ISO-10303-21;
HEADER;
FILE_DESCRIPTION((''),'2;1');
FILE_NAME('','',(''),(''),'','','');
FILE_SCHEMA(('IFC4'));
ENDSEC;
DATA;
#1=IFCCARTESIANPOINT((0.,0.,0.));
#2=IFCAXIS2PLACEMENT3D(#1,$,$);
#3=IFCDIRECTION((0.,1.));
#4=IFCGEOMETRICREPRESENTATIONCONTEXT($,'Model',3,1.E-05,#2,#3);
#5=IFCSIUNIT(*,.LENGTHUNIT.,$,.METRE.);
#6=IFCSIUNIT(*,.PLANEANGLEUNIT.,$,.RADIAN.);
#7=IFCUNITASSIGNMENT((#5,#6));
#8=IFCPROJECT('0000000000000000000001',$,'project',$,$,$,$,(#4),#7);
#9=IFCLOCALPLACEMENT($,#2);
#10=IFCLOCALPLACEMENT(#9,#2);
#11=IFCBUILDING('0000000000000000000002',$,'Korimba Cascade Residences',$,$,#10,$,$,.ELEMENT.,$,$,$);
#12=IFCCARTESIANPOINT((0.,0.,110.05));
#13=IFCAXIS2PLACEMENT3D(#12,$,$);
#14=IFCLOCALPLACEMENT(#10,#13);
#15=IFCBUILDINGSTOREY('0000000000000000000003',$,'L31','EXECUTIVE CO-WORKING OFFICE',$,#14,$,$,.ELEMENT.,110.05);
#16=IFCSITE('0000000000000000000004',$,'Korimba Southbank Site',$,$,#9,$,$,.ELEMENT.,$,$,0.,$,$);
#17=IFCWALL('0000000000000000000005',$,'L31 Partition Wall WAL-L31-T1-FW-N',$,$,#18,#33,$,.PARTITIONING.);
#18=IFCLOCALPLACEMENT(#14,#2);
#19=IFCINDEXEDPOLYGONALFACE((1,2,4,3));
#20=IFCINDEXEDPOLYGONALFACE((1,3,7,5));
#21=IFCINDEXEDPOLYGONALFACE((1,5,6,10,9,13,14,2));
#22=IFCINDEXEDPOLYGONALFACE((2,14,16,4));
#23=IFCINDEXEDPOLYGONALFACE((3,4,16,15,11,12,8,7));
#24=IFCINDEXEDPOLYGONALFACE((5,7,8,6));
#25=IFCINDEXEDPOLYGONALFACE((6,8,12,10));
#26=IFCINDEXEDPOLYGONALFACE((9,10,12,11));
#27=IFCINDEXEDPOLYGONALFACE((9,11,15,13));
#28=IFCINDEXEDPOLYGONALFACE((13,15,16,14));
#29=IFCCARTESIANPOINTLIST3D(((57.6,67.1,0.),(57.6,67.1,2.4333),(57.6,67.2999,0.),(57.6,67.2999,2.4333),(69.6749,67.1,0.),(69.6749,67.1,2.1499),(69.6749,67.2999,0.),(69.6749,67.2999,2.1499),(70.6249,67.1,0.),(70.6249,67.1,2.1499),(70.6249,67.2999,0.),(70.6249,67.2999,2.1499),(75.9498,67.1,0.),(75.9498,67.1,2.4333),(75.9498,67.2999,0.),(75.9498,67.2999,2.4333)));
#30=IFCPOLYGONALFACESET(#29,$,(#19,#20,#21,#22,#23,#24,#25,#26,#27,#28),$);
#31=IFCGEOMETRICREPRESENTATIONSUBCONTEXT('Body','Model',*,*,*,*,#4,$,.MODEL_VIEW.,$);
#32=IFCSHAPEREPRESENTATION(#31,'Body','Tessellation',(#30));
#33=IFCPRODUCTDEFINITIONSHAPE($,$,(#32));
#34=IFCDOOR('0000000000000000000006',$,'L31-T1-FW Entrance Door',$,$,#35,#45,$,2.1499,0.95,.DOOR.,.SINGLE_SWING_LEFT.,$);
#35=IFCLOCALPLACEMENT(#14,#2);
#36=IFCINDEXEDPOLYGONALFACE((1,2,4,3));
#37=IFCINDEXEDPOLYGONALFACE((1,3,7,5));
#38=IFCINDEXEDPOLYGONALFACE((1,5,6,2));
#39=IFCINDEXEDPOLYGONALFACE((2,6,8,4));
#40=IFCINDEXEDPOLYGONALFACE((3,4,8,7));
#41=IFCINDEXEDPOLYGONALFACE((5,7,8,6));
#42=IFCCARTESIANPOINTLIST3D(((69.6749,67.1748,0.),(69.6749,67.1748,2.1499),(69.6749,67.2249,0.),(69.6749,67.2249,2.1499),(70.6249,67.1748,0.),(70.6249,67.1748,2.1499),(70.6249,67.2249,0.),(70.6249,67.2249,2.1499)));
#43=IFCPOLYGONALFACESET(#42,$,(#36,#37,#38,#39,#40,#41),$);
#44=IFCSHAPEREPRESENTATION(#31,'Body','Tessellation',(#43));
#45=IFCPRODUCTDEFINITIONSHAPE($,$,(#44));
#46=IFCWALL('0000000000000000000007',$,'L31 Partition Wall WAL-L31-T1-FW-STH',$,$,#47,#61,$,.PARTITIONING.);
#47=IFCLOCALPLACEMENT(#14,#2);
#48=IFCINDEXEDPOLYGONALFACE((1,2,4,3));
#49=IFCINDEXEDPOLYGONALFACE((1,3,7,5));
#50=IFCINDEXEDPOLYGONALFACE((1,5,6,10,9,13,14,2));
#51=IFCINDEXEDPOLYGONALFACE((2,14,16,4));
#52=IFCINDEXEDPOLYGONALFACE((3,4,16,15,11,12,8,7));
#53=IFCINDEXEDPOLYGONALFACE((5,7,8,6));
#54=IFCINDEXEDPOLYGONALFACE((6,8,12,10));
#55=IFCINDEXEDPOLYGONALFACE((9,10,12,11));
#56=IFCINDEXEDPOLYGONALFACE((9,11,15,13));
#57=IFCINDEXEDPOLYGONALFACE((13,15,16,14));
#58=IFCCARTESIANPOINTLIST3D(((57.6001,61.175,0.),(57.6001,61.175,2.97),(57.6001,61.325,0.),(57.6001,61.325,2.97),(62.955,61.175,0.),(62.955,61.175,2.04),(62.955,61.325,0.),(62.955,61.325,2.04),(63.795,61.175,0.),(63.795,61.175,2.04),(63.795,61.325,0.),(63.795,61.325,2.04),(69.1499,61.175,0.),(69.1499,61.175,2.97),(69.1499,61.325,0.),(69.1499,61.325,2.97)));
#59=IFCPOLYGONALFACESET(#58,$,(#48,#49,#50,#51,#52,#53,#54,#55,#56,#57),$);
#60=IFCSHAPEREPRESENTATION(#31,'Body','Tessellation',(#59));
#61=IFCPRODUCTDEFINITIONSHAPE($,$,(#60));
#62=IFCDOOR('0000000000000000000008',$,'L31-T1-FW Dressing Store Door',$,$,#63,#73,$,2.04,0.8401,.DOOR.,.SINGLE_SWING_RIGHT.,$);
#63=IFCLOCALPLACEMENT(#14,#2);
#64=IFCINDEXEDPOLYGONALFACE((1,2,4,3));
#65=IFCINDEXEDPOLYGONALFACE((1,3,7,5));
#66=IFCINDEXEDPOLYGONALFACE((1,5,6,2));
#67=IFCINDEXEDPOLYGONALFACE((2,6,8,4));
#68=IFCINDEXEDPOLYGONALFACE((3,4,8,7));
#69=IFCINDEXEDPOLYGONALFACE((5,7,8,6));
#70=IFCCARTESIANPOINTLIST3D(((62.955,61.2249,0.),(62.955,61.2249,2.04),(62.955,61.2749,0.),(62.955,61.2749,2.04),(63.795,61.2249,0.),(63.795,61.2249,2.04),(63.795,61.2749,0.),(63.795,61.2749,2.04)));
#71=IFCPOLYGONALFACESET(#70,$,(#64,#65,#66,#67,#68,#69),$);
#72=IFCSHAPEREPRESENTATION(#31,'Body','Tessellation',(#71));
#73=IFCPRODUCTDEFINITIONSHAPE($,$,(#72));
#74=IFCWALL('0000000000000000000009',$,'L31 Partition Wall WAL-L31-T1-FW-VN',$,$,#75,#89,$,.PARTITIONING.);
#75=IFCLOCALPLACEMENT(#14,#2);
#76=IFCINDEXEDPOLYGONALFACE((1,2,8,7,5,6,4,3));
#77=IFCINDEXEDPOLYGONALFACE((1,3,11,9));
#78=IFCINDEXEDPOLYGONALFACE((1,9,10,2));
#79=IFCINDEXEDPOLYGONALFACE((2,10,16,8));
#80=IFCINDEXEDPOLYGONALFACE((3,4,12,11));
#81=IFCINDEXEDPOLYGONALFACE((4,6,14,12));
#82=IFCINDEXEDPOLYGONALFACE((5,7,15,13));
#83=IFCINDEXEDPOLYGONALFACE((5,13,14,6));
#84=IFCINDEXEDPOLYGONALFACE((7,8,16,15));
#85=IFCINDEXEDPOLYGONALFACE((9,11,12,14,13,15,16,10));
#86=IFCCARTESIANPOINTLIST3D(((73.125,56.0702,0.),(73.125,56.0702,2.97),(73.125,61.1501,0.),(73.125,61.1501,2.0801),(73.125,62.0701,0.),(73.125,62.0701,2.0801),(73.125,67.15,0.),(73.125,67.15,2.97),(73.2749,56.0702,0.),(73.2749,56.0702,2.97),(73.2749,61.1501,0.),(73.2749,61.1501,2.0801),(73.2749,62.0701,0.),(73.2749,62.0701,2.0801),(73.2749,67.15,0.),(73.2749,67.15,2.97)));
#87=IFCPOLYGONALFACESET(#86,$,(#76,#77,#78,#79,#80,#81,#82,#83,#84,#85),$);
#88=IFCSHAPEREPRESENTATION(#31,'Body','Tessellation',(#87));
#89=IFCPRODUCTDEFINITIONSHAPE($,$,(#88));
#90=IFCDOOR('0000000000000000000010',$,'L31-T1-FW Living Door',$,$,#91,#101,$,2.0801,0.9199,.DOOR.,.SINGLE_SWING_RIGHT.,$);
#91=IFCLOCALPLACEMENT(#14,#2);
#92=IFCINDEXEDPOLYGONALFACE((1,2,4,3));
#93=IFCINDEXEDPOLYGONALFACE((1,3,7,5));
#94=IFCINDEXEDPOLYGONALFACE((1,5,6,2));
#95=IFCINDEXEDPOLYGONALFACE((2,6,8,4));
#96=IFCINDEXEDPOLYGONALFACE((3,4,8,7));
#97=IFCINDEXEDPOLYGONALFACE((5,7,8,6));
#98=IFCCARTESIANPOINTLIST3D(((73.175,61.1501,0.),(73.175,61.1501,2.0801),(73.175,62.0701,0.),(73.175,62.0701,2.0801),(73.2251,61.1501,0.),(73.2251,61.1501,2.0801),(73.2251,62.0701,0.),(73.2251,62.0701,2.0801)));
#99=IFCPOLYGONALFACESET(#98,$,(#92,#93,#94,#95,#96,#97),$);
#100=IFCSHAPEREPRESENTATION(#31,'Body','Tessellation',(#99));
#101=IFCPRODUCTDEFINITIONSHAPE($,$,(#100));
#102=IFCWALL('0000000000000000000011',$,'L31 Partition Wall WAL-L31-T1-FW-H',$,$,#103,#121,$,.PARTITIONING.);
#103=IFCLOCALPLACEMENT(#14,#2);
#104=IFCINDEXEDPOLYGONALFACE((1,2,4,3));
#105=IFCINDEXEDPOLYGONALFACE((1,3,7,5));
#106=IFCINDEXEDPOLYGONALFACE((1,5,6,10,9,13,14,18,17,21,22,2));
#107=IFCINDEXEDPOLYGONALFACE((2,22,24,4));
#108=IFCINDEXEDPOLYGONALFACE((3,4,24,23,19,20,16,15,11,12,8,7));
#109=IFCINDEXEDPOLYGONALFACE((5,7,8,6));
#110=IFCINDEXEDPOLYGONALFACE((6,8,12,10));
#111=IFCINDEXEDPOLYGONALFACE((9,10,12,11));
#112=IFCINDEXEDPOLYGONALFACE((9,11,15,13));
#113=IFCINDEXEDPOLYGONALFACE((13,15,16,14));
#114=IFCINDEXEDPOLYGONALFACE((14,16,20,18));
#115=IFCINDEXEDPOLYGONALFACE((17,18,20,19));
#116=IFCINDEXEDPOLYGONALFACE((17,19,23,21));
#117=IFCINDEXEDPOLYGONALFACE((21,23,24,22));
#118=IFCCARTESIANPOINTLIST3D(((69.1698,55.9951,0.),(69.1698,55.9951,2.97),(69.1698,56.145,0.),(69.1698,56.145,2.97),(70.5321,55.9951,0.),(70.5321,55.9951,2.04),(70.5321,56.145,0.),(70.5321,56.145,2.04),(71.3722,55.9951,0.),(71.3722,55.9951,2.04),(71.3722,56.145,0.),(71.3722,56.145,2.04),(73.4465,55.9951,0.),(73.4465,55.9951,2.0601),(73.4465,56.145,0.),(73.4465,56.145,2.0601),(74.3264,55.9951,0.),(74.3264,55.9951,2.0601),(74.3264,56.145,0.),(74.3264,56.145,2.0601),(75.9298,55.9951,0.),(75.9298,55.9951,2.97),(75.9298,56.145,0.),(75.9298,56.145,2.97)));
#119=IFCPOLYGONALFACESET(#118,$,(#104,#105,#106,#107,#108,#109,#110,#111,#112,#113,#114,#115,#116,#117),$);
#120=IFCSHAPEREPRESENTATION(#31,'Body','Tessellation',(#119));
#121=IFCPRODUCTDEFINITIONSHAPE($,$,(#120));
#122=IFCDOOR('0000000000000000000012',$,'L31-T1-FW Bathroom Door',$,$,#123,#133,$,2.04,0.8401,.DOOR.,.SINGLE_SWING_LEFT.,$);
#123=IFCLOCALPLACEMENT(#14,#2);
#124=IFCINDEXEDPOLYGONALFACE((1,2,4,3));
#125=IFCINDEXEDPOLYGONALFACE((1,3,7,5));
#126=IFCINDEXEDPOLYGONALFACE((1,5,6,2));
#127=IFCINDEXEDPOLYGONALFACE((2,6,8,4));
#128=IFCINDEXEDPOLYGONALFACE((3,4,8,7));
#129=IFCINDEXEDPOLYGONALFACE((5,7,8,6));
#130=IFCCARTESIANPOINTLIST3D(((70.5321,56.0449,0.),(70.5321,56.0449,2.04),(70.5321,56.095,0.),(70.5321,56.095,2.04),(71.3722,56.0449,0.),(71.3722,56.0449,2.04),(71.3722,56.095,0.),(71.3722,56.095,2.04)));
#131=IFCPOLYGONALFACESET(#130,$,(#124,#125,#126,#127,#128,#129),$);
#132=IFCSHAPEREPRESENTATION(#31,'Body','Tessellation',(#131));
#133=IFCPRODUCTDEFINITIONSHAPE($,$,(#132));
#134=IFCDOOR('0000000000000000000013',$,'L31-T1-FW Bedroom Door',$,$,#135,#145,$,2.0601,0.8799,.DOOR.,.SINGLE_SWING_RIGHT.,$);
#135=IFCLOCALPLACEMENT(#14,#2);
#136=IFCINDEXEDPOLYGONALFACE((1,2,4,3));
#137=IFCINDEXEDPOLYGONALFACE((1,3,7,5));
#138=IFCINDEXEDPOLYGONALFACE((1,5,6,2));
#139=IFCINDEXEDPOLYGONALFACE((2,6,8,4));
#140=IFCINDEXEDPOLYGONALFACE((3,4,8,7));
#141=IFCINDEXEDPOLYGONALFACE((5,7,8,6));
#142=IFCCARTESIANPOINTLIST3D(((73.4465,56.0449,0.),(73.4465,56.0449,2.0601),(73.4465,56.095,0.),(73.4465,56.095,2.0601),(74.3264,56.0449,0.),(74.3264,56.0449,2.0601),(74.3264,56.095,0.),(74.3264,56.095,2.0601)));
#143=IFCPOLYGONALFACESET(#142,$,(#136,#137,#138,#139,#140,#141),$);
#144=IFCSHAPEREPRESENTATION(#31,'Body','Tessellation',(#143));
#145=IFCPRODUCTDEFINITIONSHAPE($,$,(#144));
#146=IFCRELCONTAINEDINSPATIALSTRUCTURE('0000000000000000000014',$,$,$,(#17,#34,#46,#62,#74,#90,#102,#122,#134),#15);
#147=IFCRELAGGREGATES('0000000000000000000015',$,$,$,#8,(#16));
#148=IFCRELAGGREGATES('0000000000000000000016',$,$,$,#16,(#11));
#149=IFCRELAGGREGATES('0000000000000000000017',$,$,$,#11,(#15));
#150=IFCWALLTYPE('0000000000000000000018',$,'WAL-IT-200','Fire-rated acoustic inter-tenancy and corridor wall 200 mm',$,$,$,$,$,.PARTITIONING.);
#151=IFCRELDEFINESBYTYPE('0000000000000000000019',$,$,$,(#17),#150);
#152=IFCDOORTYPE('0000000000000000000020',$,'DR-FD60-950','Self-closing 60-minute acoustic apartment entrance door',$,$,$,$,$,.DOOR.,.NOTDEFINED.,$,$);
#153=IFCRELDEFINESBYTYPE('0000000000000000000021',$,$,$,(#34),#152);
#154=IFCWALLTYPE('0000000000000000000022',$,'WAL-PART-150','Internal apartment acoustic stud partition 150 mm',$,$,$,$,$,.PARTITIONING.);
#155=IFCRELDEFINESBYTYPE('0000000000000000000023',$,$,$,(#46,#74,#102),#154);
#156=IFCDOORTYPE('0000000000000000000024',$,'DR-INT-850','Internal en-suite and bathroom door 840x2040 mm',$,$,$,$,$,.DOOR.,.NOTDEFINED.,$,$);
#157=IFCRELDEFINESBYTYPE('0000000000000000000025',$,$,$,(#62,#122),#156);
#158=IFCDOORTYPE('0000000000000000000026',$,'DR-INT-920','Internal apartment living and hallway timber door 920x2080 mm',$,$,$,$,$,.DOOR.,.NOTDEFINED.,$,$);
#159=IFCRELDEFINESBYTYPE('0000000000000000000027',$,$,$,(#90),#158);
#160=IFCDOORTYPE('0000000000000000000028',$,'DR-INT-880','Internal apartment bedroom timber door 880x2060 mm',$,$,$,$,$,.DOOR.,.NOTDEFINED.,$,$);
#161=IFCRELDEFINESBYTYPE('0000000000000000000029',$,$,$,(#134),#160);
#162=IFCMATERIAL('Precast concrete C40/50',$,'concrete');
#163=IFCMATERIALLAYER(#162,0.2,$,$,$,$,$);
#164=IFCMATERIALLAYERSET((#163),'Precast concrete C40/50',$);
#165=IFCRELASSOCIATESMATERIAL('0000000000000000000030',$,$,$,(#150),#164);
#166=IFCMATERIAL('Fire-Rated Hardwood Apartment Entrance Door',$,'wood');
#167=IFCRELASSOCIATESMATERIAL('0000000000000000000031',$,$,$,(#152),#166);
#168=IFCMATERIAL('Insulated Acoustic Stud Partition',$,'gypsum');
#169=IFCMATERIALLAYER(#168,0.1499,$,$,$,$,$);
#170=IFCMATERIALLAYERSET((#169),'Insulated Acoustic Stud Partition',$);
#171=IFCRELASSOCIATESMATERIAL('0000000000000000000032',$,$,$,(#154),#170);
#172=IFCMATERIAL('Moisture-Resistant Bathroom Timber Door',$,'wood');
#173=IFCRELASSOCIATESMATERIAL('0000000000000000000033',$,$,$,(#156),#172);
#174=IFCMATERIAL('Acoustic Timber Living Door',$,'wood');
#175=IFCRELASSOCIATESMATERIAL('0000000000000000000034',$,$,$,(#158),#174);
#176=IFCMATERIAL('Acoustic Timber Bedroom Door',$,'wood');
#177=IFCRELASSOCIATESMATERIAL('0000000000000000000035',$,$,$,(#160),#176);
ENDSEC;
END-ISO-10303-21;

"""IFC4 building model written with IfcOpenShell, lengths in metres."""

from ifc_helpers import new_model, si_unit, direction, frame, frame_2d, origin, place, context, subcontext, project, spatial, rectangle, extrude, material, layer, layer_set, type_object, element, fill, save


model = new_model("IFC4")

# Units and contexts
model_context = context("Model", 3, precision=1e-05, world=origin(), true_north=direction((0.0, 1.0)))
body_context = subcontext(model_context, "Body", "Model", "MODEL_VIEW")
ifc_project = project(units=[si_unit("LENGTHUNIT", "METRE"), si_unit("PLANEANGLEUNIT", "RADIAN")], contexts=[model_context])

# Site, building, storey
site_placement = place(None, origin())
site = spatial("IfcSite", under=ifc_project, at=site_placement, Name="Korimba Southbank Site", CompositionType="ELEMENT", RefElevation=0.0)
building_placement = place(site_placement, origin())
building = spatial("IfcBuilding", under=site, at=building_placement, Name="Korimba Cascade Residences", CompositionType="ELEMENT")
storey_placement = place(building_placement, frame((0.0, 0.0, 110.05)))
storey = spatial("IfcBuildingStorey", under=building, at=storey_placement, Name="L31", Description="EXECUTIVE CO-WORKING OFFICE", CompositionType="ELEMENT", Elevation=110.05)

# Walls, openings, doors
ifc_material_1 = material(Name="Precast concrete C40/50", Category="concrete")
ifc_layer_1 = layer(ifc_material_1, 0.2)
ifc_layer_set_1 = layer_set([ifc_layer_1], Name="Precast concrete C40/50")
wall_type_1 = type_object("IfcWallType", Name="WAL-IT-200", Description="Fire-rated acoustic inter-tenancy and corridor wall 200 mm", PredefinedType="PARTITIONING", material=ifc_layer_set_1)
wall_1_placement = place(storey_placement, frame((57.6001, 67.2, 0.0), z_axis=(0.0, 0.0, 1.0), x_axis=(1.0, 0.0, 0.0)))
wall_1 = element("IfcWall", 1, at=wall_1_placement, inside=storey, type_object=wall_type_1, Name="L31 Partition Wall WAL-L31-T1-FW-N", PredefinedType="PARTITIONING", context=body_context, shape_type="SweptSolid", body=[
    extrude(rectangle(XDim=18.3499, YDim=0.2, at=frame_2d((9.1748, 0.0))), origin(), (0.0, 0.0, 1.0), 2.4333),
])
opening_1_placement = place(wall_1_placement, frame((12.0747, 0.0, 0.0)))
opening_1 = element("IfcOpeningElement", 2, at=opening_1_placement, cuts=wall_1, PredefinedType="OPENING", context=body_context, shape_type="SweptSolid", body=[
    extrude(rectangle(XDim=0.95, YDim=2.1499, at=frame_2d((0.4751, 1.075))), frame((0.0, 0.1099, 0.0), z_axis=(0.0, -1.0, 0.0), x_axis=(1.0, 0.0, 0.0)), (0.0, 0.0, 1.0), 0.22),
])
ifc_material_2 = material(Name="Fire-Rated Hardwood Apartment Entrance Door", Category="wood")
door_type_1 = type_object("IfcDoorType", Name="DR-FD60-950", Description="Self-closing 60-minute acoustic apartment entrance door", OperationType="NOTDEFINED", PredefinedType="DOOR", material=ifc_material_2)
door_1_placement = place(opening_1_placement, origin())
door_1 = element("IfcDoor", 3, at=door_1_placement, inside=storey, type_object=door_type_1, Name="L31-T1-FW Entrance Door", OperationType="SINGLE_SWING_LEFT", OverallHeight=2.1499, OverallWidth=0.95, PredefinedType="DOOR", context=body_context, shape_type="SweptSolid", body=[
    extrude(rectangle(XDim=0.95, YDim=2.1499, at=frame_2d((0.4751, 1.075))), frame((0.0, 0.0249, 0.0), z_axis=(0.0, -1.0, 0.0), x_axis=(1.0, 0.0, 0.0)), (0.0, 0.0, 1.0), 0.05),
])
fill(opening_1, door_1)
ifc_material_3 = material(Name="Insulated Acoustic Stud Partition", Category="gypsum")
ifc_layer_2 = layer(ifc_material_3, 0.1499)
ifc_layer_set_2 = layer_set([ifc_layer_2], Name="Insulated Acoustic Stud Partition")
wall_type_2 = type_object("IfcWallType", Name="WAL-PART-150", Description="Internal apartment acoustic stud partition 150 mm", PredefinedType="PARTITIONING", material=ifc_layer_set_2)
wall_2_placement = place(storey_placement, frame((57.6001, 61.25, 0.0), z_axis=(0.0, 0.0, 1.0), x_axis=(1.0, 0.0, 0.0)))
wall_2 = element("IfcWall", 4, at=wall_2_placement, inside=storey, type_object=wall_type_2, Name="L31 Partition Wall WAL-L31-T1-FW-STH", PredefinedType="PARTITIONING", context=body_context, shape_type="SweptSolid", body=[
    extrude(rectangle(XDim=11.5498, YDim=0.1499, at=frame_2d((5.7749, 0.0))), origin(), (0.0, 0.0, 1.0), 2.97),
])
opening_2_placement = place(wall_2_placement, frame((5.355, 0.0, 0.0)))
opening_2 = element("IfcOpeningElement", 5, at=opening_2_placement, cuts=wall_2, PredefinedType="OPENING", context=body_context, shape_type="SweptSolid", body=[
    extrude(rectangle(XDim=0.8401, YDim=2.04, at=frame_2d((0.4199, 1.02))), frame((0.0, 0.085, 0.0), z_axis=(0.0, -1.0, 0.0), x_axis=(1.0, 0.0, 0.0)), (0.0, 0.0, 1.0), 0.1699),
])
ifc_material_4 = material(Name="Moisture-Resistant Bathroom Timber Door", Category="wood")
door_type_2 = type_object("IfcDoorType", Name="DR-INT-850", Description="Internal en-suite and bathroom door 840x2040 mm", OperationType="NOTDEFINED", PredefinedType="DOOR", material=ifc_material_4)
door_2_placement = place(opening_2_placement, origin())
door_2 = element("IfcDoor", 6, at=door_2_placement, inside=storey, type_object=door_type_2, Name="L31-T1-FW Dressing Store Door", OperationType="SINGLE_SWING_RIGHT", OverallHeight=2.04, OverallWidth=0.8401, PredefinedType="DOOR", context=body_context, shape_type="SweptSolid", body=[
    extrude(rectangle(XDim=0.8401, YDim=2.04, at=frame_2d((0.4199, 1.02))), frame((0.0, 0.0249, 0.0), z_axis=(0.0, -1.0, 0.0), x_axis=(1.0, 0.0, 0.0)), (0.0, 0.0, 1.0), 0.05),
])
fill(opening_2, door_2)
wall_3_placement = place(storey_placement, frame((73.2, 56.0701, 0.0), z_axis=(0.0, 0.0, 1.0), x_axis=(0.0, 1.0, 0.0)))
wall_3 = element("IfcWall", 7, at=wall_3_placement, inside=storey, type_object=wall_type_2, Name="L31 Partition Wall WAL-L31-T1-FW-VN", PredefinedType="PARTITIONING", context=body_context, shape_type="SweptSolid", body=[
    extrude(rectangle(XDim=11.0798, YDim=0.1499, at=frame_2d((5.54, 0.0))), origin(), (0.0, 0.0, 1.0), 2.97),
])
opening_3_placement = place(wall_3_placement, frame((5.0801, 0.0, 0.0)))
opening_3 = element("IfcOpeningElement", 8, at=opening_3_placement, cuts=wall_3, PredefinedType="OPENING", context=body_context, shape_type="SweptSolid", body=[
    extrude(rectangle(XDim=0.9199, YDim=2.0801, at=frame_2d((0.46, 1.04))), frame((0.0, 0.085, 0.0), z_axis=(0.0, -1.0, 0.0), x_axis=(1.0, 0.0, 0.0)), (0.0, 0.0, 1.0), 0.1699),
])
ifc_material_5 = material(Name="Acoustic Timber Living Door", Category="wood")
door_type_3 = type_object("IfcDoorType", Name="DR-INT-920", Description="Internal apartment living and hallway timber door 920x2080 mm", OperationType="NOTDEFINED", PredefinedType="DOOR", material=ifc_material_5)
door_3_placement = place(opening_3_placement, origin())
door_3 = element("IfcDoor", 9, at=door_3_placement, inside=storey, type_object=door_type_3, Name="L31-T1-FW Living Door", OperationType="SINGLE_SWING_RIGHT", OverallHeight=2.0801, OverallWidth=0.9199, PredefinedType="DOOR", context=body_context, shape_type="SweptSolid", body=[
    extrude(rectangle(XDim=0.9199, YDim=2.0801, at=frame_2d((0.46, 1.04))), frame((0.0, 0.0249, 0.0), z_axis=(0.0, -1.0, 0.0), x_axis=(1.0, 0.0, 0.0)), (0.0, 0.0, 1.0), 0.05),
])
fill(opening_3, door_3)

# Wall, openings, doors
wall_4_placement = place(storey_placement, frame((69.1699, 56.0701, 0.0), z_axis=(0.0, 0.0, 1.0), x_axis=(1.0, 0.0, 0.0)))
wall_4 = element("IfcWall", 10, at=wall_4_placement, inside=storey, type_object=wall_type_2, Name="L31 Partition Wall WAL-L31-T1-FW-H", PredefinedType="PARTITIONING", context=body_context, shape_type="SweptSolid", body=[
    extrude(rectangle(XDim=6.76, YDim=0.1499, at=frame_2d((3.3799, 0.0))), origin(), (0.0, 0.0, 1.0), 2.97),
])
opening_4_placement = place(wall_4_placement, frame((1.3623, 0.0, 0.0)))
opening_4 = element("IfcOpeningElement", 11, at=opening_4_placement, cuts=wall_4, PredefinedType="OPENING", context=body_context, shape_type="SweptSolid", body=[
    extrude(rectangle(XDim=0.8401, YDim=2.04, at=frame_2d((0.4199, 1.02))), frame((0.0, 0.085, 0.0), z_axis=(0.0, -1.0, 0.0), x_axis=(1.0, 0.0, 0.0)), (0.0, 0.0, 1.0), 0.1699),
])
opening_5_placement = place(wall_4_placement, frame((4.2766, 0.0, 0.0)))
opening_5 = element("IfcOpeningElement", 12, at=opening_5_placement, cuts=wall_4, PredefinedType="OPENING", context=body_context, shape_type="SweptSolid", body=[
    extrude(rectangle(XDim=0.8799, YDim=2.0601, at=frame_2d((0.4399, 1.03))), frame((0.0, 0.085, 0.0), z_axis=(0.0, -1.0, 0.0), x_axis=(1.0, 0.0, 0.0)), (0.0, 0.0, 1.0), 0.1699),
])
door_4_placement = place(opening_4_placement, origin())
door_4 = element("IfcDoor", 13, at=door_4_placement, inside=storey, type_object=door_type_2, Name="L31-T1-FW Bathroom Door", OperationType="SINGLE_SWING_LEFT", OverallHeight=2.04, OverallWidth=0.8401, PredefinedType="DOOR", context=body_context, shape_type="SweptSolid", body=[
    extrude(rectangle(XDim=0.8401, YDim=2.04, at=frame_2d((0.4199, 1.02))), frame((0.0, 0.0249, 0.0), z_axis=(0.0, -1.0, 0.0), x_axis=(1.0, 0.0, 0.0)), (0.0, 0.0, 1.0), 0.05),
])
fill(opening_4, door_4)
ifc_material_6 = material(Name="Acoustic Timber Bedroom Door", Category="wood")
door_type_4 = type_object("IfcDoorType", Name="DR-INT-880", Description="Internal apartment bedroom timber door 880x2060 mm", OperationType="NOTDEFINED", PredefinedType="DOOR", material=ifc_material_6)
door_5_placement = place(opening_5_placement, origin())
door_5 = element("IfcDoor", 14, at=door_5_placement, inside=storey, type_object=door_type_4, Name="L31-T1-FW Bedroom Door", OperationType="SINGLE_SWING_RIGHT", OverallHeight=2.0601, OverallWidth=0.8799, PredefinedType="DOOR", context=body_context, shape_type="SweptSolid", body=[
    extrude(rectangle(XDim=0.8799, YDim=2.0601, at=frame_2d((0.4399, 1.03))), frame((0.0, 0.0249, 0.0), z_axis=(0.0, -1.0, 0.0), x_axis=(1.0, 0.0, 0.0)), (0.0, 0.0, 1.0), 0.05),
])
fill(opening_5, door_5)

save(model, "model.ifc")
